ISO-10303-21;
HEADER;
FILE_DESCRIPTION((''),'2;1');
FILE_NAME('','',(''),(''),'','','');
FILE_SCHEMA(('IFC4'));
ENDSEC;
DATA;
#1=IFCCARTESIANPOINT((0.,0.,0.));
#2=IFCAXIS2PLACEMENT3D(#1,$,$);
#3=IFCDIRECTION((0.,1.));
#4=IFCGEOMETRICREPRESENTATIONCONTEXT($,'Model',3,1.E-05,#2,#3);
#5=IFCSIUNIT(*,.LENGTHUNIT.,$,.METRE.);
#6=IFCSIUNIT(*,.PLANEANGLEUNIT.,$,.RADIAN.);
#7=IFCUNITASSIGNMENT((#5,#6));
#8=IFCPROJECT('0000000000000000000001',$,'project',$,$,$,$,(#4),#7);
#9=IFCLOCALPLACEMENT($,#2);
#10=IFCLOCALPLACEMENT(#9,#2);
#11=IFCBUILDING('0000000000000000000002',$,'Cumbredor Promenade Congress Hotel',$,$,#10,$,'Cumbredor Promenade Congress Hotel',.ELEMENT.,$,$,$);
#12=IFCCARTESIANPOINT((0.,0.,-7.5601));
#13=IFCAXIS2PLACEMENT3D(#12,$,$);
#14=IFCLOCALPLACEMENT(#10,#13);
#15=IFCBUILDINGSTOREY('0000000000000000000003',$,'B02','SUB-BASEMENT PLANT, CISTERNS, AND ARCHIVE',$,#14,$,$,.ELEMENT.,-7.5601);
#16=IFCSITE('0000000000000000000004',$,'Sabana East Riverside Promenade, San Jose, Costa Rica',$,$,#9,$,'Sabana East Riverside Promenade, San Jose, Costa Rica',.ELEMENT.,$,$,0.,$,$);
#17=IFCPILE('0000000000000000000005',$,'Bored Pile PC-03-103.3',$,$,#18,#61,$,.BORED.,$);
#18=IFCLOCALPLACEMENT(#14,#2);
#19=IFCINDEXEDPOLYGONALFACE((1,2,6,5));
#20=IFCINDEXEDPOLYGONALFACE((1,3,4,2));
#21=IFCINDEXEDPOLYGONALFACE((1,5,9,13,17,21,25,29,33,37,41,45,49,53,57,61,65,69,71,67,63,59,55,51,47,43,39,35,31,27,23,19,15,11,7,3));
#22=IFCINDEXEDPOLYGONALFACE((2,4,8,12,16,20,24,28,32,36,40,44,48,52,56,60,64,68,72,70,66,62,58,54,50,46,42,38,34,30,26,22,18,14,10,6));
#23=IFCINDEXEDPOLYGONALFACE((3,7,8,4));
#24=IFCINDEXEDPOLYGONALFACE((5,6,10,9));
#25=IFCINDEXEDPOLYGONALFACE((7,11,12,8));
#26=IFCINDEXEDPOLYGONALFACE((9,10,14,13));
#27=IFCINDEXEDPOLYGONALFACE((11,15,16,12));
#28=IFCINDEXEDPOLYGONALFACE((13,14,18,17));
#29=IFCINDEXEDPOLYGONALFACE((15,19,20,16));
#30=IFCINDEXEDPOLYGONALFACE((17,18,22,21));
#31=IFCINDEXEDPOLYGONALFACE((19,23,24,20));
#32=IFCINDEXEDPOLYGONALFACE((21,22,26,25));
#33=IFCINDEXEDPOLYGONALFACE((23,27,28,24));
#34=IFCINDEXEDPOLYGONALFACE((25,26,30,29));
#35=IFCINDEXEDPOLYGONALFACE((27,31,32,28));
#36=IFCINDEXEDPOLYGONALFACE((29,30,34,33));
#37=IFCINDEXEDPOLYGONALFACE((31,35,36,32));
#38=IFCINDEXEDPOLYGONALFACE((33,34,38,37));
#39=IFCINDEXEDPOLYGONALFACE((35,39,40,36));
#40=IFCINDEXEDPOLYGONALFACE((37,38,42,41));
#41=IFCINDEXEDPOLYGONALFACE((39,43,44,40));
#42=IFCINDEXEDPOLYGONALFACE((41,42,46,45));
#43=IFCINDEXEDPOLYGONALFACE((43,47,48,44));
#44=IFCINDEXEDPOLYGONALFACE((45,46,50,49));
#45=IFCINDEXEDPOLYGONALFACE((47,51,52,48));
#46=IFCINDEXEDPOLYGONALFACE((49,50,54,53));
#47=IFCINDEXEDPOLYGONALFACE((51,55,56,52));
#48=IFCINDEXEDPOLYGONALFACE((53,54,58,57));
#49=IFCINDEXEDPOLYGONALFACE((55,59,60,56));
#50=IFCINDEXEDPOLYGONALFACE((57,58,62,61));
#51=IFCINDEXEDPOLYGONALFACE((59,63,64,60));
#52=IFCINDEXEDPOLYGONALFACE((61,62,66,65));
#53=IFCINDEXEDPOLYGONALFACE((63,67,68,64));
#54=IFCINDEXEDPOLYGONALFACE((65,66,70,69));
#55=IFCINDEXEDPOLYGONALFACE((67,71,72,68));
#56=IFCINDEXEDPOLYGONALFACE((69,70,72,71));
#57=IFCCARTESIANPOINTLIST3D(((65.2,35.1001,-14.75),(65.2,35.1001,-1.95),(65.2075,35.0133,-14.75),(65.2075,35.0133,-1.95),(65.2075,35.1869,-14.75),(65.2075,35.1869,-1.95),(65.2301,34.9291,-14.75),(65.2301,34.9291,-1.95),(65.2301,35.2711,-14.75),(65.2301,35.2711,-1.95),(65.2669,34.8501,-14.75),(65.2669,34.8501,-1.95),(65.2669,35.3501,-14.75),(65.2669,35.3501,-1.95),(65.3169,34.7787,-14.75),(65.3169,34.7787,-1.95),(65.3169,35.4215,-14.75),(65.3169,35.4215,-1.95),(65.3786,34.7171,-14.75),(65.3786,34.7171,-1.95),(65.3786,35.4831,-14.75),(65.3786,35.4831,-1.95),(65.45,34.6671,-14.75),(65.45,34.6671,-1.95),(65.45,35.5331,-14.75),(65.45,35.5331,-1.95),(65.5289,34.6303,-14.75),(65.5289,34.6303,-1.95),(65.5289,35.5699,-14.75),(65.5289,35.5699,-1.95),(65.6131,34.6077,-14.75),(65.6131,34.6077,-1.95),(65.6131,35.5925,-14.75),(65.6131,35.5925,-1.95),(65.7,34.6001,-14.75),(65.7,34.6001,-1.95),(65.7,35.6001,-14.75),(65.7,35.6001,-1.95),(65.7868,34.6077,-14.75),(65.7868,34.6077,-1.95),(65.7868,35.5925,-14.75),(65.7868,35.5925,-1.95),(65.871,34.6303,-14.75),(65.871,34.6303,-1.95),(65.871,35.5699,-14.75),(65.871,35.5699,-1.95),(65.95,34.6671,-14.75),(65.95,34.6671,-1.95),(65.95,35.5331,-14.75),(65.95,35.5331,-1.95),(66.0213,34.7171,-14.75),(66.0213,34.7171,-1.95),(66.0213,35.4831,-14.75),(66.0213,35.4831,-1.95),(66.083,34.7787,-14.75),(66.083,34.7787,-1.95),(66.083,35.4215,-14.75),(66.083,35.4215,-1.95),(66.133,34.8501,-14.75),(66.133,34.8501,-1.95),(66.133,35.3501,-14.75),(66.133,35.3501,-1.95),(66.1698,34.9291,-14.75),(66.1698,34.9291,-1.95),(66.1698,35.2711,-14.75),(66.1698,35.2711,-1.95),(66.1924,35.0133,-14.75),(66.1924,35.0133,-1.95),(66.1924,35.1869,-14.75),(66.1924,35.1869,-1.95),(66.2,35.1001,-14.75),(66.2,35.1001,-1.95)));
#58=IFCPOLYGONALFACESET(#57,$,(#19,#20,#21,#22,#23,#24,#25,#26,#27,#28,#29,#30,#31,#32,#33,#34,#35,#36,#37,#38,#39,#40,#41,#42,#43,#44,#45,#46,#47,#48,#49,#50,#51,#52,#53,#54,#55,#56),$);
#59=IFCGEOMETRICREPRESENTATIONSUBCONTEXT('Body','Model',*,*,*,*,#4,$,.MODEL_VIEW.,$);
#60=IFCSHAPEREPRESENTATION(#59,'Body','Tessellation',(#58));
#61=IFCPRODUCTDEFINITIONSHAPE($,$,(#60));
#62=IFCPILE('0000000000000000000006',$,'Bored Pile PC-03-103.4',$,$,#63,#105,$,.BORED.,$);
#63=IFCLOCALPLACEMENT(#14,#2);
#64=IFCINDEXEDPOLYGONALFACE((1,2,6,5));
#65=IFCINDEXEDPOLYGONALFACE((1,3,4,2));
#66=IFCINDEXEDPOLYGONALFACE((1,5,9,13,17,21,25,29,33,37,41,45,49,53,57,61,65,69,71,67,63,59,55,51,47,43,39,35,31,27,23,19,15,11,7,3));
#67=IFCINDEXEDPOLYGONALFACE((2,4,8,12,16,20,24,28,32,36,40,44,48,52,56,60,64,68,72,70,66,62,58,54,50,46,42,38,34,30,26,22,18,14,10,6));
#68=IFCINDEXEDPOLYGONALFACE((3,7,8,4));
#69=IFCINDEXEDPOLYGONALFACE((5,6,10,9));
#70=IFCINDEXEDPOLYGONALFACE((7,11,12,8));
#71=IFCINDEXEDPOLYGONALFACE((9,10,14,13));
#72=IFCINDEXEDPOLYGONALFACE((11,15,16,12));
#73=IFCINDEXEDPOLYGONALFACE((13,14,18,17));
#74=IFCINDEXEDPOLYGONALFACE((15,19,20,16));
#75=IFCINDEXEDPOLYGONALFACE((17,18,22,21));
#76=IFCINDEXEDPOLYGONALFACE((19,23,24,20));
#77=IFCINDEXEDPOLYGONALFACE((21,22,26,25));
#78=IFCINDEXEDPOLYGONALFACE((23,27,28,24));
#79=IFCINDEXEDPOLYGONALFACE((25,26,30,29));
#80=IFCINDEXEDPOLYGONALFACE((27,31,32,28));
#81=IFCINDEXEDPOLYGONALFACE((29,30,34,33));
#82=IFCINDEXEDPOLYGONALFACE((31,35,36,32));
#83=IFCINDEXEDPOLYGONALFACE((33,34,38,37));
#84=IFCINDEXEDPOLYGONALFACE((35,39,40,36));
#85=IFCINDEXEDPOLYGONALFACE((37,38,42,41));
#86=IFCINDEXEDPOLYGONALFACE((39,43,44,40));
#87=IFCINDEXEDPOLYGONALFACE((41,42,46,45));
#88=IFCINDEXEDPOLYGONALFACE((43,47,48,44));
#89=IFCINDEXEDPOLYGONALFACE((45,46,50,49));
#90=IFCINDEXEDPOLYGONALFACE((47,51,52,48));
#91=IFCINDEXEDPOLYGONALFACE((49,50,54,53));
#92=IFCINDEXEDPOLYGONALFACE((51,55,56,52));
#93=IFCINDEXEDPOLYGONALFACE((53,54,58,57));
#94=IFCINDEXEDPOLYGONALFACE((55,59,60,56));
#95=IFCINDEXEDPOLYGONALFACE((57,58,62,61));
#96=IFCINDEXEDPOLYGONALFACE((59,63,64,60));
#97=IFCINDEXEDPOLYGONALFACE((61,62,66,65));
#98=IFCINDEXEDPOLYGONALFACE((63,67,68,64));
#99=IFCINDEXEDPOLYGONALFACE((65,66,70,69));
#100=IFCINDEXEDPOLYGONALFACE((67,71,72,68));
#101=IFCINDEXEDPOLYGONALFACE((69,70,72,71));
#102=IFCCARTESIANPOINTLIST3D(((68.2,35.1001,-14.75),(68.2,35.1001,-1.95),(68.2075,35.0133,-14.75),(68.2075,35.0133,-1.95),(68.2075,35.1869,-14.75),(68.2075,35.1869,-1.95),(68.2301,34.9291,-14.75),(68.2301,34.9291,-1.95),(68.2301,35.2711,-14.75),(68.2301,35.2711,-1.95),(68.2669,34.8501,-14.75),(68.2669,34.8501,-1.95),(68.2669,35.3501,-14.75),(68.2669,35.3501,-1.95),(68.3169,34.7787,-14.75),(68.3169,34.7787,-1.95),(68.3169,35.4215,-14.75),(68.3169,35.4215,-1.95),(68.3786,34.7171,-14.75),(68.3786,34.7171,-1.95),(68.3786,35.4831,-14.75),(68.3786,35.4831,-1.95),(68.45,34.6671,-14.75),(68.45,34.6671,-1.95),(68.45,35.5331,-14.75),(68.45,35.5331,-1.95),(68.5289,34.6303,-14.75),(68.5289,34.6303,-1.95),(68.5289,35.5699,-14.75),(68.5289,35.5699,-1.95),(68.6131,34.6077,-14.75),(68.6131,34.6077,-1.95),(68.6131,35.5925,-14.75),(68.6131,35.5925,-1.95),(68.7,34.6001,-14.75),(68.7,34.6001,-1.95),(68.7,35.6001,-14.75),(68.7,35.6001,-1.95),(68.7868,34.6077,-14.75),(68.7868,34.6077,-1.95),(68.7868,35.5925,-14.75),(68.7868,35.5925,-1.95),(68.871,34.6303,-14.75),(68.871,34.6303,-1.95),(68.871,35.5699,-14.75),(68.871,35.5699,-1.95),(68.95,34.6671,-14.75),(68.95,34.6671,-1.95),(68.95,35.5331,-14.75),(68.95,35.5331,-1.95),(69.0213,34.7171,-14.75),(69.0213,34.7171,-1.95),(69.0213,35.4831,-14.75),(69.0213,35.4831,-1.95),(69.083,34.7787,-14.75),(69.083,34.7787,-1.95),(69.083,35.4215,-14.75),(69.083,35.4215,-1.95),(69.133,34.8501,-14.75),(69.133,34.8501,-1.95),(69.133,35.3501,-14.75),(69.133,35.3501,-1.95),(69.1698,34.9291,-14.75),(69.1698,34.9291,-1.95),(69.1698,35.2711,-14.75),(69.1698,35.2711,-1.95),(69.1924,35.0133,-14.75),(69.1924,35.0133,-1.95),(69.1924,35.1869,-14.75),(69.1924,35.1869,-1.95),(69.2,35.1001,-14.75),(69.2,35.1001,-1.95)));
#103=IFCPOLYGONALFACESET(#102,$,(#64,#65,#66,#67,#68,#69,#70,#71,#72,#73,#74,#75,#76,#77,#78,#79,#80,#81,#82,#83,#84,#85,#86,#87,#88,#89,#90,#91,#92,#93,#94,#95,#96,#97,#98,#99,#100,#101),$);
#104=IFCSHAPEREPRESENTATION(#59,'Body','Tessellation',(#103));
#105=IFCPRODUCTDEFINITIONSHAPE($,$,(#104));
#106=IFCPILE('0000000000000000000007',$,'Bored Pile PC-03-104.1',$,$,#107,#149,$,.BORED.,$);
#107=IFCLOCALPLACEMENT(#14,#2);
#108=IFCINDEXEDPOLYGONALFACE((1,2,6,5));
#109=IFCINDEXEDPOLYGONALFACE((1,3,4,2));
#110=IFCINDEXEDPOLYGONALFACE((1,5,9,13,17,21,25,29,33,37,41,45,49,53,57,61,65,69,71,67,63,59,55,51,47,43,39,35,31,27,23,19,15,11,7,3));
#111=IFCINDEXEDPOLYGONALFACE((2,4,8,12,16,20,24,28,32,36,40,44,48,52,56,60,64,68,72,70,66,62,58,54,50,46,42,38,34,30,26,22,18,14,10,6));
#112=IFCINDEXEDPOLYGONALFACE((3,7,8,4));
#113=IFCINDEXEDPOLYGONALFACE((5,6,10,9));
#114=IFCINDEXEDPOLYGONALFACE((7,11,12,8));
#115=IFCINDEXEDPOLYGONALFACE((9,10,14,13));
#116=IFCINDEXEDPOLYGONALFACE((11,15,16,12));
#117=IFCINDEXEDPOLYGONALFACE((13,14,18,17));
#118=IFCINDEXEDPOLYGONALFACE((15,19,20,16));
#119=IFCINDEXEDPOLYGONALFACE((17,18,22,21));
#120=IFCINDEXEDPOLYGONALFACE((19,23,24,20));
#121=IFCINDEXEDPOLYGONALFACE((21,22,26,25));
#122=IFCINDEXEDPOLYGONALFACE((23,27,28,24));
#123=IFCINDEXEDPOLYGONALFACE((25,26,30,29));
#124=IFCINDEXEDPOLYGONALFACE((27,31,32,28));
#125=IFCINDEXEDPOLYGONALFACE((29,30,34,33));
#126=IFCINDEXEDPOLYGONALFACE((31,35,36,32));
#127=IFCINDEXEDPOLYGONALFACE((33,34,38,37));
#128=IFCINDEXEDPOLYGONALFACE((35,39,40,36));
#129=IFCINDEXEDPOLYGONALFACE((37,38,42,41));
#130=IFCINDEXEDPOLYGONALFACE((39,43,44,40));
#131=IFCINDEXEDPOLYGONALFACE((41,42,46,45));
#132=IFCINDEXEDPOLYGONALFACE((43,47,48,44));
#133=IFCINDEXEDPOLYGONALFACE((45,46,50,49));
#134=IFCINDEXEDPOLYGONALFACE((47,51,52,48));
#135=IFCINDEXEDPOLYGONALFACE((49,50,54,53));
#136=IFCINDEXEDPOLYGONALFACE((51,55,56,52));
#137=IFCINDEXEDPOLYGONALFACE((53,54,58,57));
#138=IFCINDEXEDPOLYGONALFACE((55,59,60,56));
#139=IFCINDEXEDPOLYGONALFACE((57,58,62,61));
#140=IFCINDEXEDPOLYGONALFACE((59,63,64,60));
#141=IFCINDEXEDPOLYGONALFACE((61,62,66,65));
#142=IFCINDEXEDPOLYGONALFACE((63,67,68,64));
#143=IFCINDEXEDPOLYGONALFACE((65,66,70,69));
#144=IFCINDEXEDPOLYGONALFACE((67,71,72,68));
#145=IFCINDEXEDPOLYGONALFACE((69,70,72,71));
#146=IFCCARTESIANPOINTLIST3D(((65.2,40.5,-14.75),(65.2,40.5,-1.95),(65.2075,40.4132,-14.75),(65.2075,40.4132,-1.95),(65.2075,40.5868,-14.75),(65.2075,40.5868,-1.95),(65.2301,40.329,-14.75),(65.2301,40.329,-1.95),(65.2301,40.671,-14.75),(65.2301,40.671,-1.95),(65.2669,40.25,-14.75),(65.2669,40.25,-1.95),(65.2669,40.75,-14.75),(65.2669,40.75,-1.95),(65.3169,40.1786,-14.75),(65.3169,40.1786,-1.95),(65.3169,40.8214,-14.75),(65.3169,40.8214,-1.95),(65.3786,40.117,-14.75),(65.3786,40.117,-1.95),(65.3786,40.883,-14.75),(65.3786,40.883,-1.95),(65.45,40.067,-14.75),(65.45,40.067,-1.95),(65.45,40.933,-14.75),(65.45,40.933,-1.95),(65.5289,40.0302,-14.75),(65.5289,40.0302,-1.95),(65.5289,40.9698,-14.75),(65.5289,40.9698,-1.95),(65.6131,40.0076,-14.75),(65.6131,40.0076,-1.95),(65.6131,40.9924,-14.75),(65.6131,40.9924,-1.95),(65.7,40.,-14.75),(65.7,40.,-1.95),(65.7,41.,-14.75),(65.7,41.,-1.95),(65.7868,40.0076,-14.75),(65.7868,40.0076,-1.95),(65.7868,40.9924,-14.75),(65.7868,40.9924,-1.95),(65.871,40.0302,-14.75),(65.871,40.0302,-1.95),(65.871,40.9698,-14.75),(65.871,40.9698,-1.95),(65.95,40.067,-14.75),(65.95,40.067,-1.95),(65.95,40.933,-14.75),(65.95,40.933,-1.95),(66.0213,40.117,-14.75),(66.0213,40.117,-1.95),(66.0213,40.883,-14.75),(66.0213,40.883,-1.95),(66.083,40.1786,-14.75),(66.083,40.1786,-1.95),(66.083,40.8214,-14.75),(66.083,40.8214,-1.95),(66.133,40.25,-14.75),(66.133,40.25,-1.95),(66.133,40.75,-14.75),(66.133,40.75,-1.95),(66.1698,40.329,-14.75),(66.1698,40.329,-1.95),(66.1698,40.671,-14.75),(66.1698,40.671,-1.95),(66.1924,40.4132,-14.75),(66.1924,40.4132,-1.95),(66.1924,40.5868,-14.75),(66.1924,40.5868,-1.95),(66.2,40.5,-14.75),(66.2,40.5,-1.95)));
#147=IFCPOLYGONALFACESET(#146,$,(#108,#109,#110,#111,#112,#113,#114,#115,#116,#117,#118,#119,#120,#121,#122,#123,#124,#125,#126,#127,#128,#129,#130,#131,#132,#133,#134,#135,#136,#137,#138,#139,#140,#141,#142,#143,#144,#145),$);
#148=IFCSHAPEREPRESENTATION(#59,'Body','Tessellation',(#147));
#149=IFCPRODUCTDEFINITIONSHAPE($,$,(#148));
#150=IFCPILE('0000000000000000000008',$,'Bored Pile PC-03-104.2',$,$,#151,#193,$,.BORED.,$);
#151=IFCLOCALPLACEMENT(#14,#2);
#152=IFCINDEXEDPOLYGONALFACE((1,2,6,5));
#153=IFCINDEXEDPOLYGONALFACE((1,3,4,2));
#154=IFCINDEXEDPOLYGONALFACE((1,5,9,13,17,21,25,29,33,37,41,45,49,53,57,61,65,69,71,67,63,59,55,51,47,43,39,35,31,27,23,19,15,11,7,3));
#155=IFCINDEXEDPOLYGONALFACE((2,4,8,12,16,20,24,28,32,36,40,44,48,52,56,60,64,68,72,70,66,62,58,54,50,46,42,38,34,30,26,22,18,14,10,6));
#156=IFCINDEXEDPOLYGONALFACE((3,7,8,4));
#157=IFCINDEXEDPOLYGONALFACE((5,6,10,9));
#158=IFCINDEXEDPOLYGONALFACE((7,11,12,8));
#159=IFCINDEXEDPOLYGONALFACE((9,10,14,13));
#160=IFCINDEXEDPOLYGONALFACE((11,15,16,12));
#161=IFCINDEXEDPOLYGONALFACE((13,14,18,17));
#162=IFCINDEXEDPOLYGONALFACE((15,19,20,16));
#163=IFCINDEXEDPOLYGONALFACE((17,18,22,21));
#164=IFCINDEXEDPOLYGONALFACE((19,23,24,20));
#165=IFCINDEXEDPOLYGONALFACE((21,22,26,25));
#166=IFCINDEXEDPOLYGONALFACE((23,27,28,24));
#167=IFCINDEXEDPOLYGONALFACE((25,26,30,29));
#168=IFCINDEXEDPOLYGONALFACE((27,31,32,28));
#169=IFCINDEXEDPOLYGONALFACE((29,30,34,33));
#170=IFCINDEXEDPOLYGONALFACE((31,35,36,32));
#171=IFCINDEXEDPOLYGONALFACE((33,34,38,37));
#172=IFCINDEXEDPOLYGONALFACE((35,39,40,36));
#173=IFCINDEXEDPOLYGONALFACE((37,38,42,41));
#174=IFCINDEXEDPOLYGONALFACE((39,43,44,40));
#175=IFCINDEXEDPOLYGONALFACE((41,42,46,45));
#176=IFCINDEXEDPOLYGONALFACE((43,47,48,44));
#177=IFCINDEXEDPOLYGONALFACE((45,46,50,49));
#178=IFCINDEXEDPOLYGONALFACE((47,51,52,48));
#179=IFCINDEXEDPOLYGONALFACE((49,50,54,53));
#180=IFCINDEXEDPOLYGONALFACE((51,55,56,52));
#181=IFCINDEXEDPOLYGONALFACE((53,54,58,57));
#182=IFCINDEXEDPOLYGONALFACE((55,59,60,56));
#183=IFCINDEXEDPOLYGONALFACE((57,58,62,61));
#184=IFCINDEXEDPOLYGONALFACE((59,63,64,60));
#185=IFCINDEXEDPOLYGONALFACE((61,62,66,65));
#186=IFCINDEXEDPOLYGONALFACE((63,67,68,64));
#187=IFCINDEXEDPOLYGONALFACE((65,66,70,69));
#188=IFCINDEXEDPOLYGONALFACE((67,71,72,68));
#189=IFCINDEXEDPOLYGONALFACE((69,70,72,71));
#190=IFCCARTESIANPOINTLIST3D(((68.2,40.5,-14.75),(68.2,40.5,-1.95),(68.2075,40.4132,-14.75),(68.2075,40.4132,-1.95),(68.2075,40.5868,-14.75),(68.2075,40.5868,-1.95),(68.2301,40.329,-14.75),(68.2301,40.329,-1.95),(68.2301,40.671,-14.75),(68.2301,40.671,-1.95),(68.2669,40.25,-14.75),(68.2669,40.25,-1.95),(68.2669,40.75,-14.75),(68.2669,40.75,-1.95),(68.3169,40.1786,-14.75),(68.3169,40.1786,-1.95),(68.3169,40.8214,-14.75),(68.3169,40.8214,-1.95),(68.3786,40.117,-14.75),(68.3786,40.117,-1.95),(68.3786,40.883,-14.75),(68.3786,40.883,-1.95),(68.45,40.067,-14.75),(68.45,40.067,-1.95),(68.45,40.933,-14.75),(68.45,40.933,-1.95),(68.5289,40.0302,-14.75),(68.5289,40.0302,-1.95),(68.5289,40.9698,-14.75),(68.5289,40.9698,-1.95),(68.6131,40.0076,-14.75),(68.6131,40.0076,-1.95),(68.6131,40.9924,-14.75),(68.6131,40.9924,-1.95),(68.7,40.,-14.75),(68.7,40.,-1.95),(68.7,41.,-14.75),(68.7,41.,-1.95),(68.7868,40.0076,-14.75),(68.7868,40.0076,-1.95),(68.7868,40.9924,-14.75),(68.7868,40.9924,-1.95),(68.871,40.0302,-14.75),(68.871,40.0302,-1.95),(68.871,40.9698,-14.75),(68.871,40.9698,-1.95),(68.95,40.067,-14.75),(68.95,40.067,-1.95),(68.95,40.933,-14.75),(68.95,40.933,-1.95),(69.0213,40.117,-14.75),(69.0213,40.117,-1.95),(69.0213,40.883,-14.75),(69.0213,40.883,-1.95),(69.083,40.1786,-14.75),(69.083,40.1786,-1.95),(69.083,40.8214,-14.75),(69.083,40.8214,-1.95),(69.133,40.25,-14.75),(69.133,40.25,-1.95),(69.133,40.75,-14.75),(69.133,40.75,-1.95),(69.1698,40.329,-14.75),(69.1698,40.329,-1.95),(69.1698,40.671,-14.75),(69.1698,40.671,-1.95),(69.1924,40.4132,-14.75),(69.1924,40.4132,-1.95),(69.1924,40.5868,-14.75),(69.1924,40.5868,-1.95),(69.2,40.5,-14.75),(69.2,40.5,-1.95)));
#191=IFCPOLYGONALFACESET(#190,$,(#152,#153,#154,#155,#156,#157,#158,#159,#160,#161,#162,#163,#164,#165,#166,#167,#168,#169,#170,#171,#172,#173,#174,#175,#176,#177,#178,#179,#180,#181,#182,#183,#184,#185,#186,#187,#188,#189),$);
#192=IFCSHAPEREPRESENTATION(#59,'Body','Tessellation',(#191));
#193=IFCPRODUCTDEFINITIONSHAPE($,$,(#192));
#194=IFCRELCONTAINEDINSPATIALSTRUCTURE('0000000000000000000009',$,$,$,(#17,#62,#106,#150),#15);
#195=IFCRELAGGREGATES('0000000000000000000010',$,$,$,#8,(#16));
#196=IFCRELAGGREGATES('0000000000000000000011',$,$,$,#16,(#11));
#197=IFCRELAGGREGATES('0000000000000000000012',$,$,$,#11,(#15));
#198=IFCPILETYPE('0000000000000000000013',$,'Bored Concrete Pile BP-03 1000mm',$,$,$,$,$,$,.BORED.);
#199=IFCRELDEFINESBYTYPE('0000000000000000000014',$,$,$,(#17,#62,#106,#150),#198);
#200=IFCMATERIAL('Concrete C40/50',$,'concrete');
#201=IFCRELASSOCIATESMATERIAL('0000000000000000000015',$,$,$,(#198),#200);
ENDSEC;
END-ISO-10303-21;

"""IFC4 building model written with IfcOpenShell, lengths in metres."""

from ifc_helpers import new_model, si_unit, direction, frame, origin, origin_2d, place, context, subcontext, project, spatial, circle, extrude, material, material_profile, profile_set, type_object, element, save


model = new_model("IFC4")

# Units and contexts
model_context = context("Model", 3, precision=1e-05, world=origin(), true_north=direction((0.0, 1.0)))
body_context = subcontext(model_context, "Body", "Model", "MODEL_VIEW")
ifc_project = project(units=[si_unit("LENGTHUNIT", "METRE"), si_unit("PLANEANGLEUNIT", "RADIAN")], contexts=[model_context])

# Site, building, storey
site_placement = place(None, origin())
site = spatial("IfcSite", under=ifc_project, at=site_placement, Name="Sabana East Riverside Promenade, San Jose, Costa Rica", LongName="Sabana East Riverside Promenade, San Jose, Costa Rica", CompositionType="ELEMENT", RefElevation=0.0)
building_placement = place(site_placement, origin())
building = spatial("IfcBuilding", under=site, at=building_placement, Name="Cumbredor Promenade Congress Hotel", LongName="Cumbredor Promenade Congress Hotel", CompositionType="ELEMENT")
storey_placement = place(building_placement, frame((0.0, 0.0, -7.5601)))
storey = spatial("IfcBuildingStorey", under=building, at=storey_placement, Name="B02", Description="SUB-BASEMENT PLANT, CISTERNS, AND ARCHIVE", CompositionType="ELEMENT", Elevation=-7.5601)

# Piles
ifc_material_1 = material(Name="Concrete C40/50", Category="concrete")
ifc_material_profile_1 = material_profile(ifc_material_1, circle(Radius=0.5, at=origin_2d()), Name="PILE D1000")
ifc_profile_set_1 = profile_set([ifc_material_profile_1], Name="Concrete C40/50")
pile_type = type_object("IfcPileType", Name="Bored Concrete Pile BP-03 1000mm", PredefinedType="BORED", material=ifc_profile_set_1)
for number, where, z_axis, x_axis, name in (
    (1, (65.7, 35.1001, -1.95), (0.0, 0.0, -1.0), (1.0, 0.0, 0.0), "Bored Pile PC-03-103.3"),
    (2, (68.7, 35.1001, -1.95), (0.0, 0.0, -1.0), (1.0, 0.0, 0.0), "Bored Pile PC-03-103.4"),
    (3, (65.7, 40.5, -1.95), (0.0, 0.0, -1.0), (1.0, 0.0, 0.0), "Bored Pile PC-03-104.1"),
    (4, (68.7, 40.5, -1.95), (0.0, 0.0, -1.0), (1.0, 0.0, 0.0), "Bored Pile PC-03-104.2"),
):
    element("IfcPile", number, at=place(storey_placement, frame(where, z_axis=z_axis, x_axis=x_axis)), inside=storey, type_object=pile_type, Name=name, PredefinedType="BORED", context=body_context, shape_type="SweptSolid", body=[
        extrude(circle(Radius=0.5, at=origin_2d()), origin(), (0.0, 0.0, 1.0), 12.8),
    ])

save(model, "model.ifc")
